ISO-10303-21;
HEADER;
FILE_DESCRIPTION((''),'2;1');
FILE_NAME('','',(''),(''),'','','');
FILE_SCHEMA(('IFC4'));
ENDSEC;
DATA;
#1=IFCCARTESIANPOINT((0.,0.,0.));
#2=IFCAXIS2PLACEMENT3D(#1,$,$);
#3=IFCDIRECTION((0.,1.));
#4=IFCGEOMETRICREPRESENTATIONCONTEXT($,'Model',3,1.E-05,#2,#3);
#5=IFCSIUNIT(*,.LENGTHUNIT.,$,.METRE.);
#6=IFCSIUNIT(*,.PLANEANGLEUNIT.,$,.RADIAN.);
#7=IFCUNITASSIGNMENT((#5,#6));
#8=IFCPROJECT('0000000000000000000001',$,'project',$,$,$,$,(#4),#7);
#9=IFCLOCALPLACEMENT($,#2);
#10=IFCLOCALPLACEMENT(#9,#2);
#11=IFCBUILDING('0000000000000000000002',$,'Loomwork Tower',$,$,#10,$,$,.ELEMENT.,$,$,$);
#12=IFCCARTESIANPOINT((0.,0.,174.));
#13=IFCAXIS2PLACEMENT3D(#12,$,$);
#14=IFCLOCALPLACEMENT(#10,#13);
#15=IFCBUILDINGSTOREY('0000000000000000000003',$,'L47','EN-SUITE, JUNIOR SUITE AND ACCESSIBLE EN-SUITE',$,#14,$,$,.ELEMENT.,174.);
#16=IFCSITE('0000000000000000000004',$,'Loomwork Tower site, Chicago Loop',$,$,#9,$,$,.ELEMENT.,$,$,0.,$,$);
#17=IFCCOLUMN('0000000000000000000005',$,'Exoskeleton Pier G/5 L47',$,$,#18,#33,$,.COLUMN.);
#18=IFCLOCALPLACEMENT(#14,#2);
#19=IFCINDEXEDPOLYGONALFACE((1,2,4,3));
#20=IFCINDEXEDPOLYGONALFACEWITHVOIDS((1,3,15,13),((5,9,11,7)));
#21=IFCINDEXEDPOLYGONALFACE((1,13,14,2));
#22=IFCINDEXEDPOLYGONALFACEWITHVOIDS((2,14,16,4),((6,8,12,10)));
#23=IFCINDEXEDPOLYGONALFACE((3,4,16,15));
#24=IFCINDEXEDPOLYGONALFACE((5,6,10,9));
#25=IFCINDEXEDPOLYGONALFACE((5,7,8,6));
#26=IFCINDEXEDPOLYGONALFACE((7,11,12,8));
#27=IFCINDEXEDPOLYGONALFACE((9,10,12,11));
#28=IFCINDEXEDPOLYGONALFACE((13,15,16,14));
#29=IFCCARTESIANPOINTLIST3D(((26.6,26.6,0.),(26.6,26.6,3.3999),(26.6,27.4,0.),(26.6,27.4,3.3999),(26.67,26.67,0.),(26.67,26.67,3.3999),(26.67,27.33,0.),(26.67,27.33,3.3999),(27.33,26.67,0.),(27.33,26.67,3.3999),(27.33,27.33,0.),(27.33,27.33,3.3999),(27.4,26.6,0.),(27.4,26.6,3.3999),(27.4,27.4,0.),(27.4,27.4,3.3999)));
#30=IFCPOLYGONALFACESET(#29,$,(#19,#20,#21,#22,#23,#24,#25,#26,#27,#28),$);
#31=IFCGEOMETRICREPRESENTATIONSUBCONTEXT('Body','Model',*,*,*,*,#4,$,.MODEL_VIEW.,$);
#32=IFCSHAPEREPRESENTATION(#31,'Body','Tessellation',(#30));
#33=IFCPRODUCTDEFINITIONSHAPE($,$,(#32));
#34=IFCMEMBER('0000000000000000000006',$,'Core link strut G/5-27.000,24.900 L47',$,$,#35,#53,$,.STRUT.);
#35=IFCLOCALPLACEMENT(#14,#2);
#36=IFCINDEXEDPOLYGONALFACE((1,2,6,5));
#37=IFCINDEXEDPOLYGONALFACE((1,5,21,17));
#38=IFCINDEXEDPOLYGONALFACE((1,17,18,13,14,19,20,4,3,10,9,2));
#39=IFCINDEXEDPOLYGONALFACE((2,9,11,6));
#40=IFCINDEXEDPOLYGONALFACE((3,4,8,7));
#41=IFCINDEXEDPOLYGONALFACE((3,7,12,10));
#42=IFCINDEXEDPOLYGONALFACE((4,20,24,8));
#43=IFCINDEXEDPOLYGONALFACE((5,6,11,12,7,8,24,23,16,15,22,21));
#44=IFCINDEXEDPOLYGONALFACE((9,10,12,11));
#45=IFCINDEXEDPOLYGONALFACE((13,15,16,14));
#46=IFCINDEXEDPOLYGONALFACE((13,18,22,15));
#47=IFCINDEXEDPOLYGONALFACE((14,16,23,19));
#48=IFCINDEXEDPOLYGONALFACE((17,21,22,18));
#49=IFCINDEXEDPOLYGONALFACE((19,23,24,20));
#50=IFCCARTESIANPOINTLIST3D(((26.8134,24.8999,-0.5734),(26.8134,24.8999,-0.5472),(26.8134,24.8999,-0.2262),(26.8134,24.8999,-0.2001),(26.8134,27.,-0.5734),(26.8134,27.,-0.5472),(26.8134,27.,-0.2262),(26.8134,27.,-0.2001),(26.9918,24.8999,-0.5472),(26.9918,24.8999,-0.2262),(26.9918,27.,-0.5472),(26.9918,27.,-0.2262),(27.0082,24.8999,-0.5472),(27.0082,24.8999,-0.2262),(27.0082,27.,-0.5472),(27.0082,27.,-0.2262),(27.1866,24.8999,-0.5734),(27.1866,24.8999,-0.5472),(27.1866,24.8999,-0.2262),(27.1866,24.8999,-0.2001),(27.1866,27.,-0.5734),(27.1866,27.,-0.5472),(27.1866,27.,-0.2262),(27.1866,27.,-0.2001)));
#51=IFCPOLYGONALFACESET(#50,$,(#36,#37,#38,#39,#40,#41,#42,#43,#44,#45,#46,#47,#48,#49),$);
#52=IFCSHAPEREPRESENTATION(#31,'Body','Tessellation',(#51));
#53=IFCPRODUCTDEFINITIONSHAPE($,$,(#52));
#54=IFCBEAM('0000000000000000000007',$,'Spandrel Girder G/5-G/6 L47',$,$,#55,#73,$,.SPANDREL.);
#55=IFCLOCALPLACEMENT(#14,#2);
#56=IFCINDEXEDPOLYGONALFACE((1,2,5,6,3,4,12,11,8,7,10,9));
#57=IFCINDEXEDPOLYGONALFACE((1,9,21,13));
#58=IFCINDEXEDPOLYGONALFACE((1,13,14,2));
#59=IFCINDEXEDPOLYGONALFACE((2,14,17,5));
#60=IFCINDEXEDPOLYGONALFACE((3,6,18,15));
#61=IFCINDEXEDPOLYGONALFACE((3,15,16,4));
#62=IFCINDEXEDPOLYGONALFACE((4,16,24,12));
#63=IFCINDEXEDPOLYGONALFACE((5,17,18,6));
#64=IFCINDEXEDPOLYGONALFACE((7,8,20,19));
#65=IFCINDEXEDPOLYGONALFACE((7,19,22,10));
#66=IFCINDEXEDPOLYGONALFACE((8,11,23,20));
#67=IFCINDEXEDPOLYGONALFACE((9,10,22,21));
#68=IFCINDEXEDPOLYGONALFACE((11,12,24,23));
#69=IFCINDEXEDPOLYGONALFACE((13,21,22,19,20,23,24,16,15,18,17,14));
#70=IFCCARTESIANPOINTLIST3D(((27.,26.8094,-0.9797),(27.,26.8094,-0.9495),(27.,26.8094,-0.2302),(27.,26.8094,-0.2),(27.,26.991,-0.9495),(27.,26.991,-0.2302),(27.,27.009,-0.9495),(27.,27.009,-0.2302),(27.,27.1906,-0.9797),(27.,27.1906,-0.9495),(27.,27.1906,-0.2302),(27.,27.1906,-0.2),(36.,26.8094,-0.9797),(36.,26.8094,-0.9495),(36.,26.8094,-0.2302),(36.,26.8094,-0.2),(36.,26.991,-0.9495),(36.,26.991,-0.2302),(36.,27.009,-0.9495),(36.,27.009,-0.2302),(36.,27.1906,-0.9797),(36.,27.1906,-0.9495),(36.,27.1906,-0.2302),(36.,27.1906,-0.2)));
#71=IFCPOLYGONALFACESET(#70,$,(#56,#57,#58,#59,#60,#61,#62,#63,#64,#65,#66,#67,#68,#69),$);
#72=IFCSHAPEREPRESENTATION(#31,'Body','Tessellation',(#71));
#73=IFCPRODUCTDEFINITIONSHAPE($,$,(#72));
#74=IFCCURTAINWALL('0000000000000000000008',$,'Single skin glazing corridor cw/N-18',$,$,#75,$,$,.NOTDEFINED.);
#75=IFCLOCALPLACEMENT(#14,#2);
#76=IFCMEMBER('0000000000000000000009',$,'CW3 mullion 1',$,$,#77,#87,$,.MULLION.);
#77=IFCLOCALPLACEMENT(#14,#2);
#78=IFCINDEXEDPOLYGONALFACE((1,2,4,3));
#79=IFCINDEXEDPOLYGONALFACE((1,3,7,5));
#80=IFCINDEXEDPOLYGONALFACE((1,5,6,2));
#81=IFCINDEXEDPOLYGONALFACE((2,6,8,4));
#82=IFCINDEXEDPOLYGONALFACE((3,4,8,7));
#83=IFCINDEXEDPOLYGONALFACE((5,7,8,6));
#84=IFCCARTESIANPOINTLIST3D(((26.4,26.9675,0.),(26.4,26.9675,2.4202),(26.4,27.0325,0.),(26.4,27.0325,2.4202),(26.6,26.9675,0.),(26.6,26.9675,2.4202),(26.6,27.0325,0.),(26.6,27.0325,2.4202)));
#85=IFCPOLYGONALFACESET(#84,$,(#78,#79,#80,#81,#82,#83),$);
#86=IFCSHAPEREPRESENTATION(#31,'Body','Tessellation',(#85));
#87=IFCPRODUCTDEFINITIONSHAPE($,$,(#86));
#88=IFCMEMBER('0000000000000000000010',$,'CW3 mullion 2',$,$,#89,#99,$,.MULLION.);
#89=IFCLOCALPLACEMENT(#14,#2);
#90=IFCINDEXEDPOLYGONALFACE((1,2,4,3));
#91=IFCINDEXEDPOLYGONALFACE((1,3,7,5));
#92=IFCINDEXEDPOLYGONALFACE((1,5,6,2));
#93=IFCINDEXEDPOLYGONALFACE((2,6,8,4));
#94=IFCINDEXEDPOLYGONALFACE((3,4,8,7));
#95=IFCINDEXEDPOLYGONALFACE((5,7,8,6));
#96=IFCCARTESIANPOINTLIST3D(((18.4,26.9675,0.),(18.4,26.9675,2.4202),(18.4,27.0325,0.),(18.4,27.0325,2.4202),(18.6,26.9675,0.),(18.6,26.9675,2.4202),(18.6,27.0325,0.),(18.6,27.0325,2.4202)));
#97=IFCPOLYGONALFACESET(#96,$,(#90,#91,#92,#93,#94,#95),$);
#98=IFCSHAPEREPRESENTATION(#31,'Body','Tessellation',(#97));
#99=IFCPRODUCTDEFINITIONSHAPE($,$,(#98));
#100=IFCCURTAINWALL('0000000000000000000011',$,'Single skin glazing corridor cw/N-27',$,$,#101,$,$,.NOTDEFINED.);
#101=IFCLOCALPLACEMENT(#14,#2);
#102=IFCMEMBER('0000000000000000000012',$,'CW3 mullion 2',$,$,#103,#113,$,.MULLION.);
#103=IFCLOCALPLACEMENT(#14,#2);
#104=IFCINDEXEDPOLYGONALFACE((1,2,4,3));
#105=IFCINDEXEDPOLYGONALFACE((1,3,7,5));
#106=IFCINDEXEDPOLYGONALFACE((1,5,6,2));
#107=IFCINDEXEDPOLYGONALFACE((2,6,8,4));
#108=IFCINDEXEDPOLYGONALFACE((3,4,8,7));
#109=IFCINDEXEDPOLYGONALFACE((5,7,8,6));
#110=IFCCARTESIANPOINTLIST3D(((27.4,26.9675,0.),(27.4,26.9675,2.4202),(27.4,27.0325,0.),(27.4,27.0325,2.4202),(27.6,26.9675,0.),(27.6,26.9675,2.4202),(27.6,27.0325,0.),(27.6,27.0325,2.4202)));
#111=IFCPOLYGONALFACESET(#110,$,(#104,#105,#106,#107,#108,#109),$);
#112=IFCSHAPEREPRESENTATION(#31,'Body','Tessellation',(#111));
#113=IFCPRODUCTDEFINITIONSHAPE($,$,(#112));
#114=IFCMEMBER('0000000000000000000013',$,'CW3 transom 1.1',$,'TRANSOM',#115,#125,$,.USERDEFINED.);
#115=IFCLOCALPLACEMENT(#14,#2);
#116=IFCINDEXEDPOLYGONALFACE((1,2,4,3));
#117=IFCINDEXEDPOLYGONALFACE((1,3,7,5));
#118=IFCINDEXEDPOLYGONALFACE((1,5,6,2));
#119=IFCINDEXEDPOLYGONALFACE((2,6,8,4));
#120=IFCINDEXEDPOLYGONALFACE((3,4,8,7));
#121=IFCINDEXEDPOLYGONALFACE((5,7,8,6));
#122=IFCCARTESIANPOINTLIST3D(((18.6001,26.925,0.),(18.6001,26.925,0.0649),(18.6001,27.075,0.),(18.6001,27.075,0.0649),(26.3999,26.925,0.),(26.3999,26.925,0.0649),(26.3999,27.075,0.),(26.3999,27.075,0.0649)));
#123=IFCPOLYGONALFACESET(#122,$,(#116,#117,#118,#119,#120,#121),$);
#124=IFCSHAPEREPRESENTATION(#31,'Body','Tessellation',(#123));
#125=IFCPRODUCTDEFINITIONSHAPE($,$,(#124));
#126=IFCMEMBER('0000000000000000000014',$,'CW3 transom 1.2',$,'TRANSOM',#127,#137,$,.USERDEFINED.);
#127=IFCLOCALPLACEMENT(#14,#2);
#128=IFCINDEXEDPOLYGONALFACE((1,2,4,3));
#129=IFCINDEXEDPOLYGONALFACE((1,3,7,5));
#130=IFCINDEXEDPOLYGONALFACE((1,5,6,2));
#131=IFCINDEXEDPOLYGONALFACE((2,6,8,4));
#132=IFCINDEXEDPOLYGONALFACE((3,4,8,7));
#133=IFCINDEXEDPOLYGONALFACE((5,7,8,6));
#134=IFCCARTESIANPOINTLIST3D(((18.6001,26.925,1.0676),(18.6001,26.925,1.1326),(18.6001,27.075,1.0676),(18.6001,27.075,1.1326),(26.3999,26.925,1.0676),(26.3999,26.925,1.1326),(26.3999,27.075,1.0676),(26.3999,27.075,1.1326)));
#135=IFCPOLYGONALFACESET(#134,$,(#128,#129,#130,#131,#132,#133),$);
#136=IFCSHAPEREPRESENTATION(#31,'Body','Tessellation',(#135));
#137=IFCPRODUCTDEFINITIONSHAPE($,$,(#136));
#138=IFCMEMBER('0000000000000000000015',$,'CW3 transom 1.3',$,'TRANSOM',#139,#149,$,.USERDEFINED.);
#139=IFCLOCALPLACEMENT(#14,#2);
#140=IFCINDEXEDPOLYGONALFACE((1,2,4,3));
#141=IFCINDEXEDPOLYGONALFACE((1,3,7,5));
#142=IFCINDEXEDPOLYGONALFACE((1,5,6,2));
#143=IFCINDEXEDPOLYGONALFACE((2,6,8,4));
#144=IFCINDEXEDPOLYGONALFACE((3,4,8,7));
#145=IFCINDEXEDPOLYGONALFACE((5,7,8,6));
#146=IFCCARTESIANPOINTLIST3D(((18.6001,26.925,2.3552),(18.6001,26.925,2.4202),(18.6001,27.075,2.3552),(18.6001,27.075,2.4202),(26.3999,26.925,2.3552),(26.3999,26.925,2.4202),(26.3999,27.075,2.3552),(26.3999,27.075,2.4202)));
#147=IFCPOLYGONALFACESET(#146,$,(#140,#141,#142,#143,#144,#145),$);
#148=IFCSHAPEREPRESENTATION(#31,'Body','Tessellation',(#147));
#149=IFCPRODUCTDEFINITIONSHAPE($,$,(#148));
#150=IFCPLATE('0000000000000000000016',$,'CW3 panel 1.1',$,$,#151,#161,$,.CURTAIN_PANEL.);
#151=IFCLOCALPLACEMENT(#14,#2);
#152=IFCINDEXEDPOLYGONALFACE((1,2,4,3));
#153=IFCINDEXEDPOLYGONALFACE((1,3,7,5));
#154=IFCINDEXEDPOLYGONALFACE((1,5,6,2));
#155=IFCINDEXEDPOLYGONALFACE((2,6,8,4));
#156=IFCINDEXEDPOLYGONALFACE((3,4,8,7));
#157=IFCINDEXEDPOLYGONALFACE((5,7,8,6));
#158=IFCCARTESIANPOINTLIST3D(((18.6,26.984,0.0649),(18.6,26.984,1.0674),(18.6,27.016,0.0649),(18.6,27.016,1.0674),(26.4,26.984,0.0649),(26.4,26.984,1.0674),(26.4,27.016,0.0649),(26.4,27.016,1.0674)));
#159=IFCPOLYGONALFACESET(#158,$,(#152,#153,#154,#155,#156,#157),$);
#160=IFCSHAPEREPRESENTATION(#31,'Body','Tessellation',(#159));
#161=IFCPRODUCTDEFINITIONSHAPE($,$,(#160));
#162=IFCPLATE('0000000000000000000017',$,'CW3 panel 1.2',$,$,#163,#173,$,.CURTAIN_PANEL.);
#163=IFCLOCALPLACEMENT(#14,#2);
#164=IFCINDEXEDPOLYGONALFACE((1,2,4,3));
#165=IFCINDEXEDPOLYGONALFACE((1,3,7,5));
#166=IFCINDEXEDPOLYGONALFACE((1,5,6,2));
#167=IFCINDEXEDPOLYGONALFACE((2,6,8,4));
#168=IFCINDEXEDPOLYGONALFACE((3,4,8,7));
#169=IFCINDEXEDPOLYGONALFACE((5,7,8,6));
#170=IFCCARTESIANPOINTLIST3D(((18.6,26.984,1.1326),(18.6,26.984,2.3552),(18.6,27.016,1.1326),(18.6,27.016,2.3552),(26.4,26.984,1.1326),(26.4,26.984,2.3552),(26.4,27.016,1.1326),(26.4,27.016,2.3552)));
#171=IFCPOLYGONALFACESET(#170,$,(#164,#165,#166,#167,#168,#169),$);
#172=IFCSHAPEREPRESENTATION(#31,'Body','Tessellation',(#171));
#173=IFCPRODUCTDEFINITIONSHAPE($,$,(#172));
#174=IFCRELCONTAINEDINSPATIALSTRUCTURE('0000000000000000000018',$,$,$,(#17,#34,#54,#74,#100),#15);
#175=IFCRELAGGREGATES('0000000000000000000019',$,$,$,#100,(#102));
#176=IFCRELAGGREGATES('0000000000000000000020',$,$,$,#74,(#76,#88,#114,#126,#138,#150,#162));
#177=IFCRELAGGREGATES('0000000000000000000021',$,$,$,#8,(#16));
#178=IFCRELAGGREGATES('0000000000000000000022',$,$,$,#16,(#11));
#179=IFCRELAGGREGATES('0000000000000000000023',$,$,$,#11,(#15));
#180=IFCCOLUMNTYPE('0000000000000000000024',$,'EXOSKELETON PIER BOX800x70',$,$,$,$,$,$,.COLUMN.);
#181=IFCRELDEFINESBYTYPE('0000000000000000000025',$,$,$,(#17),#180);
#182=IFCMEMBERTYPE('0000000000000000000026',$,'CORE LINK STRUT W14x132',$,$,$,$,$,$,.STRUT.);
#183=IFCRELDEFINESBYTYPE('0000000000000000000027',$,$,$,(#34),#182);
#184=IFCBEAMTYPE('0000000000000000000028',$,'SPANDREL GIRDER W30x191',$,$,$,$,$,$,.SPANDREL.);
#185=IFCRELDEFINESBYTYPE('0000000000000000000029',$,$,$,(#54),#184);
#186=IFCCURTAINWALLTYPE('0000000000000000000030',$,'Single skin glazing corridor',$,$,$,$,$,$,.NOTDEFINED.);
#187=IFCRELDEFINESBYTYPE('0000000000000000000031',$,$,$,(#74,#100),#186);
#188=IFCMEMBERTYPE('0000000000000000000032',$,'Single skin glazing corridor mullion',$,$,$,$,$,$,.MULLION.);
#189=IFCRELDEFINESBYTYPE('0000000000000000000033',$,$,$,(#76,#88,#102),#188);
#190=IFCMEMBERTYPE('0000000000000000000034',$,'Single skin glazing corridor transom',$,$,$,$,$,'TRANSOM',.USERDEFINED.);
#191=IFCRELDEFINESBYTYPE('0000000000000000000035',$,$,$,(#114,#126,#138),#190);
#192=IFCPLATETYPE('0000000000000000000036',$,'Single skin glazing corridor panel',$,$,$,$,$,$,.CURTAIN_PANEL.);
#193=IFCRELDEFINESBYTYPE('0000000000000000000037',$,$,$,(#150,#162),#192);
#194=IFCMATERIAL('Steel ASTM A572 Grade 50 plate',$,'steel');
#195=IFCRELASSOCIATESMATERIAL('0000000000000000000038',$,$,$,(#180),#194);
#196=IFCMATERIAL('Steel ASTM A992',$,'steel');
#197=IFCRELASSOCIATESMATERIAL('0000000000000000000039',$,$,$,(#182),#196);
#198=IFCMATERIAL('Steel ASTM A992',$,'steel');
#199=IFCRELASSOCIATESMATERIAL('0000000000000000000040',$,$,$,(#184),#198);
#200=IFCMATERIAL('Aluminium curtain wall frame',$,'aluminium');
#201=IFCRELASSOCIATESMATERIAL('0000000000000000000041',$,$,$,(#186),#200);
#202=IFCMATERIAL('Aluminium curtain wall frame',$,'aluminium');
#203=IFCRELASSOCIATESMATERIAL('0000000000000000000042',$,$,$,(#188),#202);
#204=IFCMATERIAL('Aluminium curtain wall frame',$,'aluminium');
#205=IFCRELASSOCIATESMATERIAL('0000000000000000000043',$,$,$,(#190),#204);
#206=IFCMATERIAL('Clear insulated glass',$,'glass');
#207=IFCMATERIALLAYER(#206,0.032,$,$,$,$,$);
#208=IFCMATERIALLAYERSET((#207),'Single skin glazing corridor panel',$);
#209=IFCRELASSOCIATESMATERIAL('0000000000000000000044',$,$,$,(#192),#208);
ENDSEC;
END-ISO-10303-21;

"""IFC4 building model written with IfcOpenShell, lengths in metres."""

from ifc_helpers import new_model, si_unit, direction, frame, origin, origin_2d, place, context, subcontext, project, spatial, rectangle, hollow_rectangle, i_section, extrude, material, layer, layer_set, material_profile, profile_set, type_object, element, aggregate, save


model = new_model("IFC4")

# Units and contexts
model_context = context("Model", 3, precision=1e-05, world=origin(), true_north=direction((0.0, 1.0)))
body_context = subcontext(model_context, "Body", "Model", "MODEL_VIEW")
ifc_project = project(units=[si_unit("LENGTHUNIT", "METRE"), si_unit("PLANEANGLEUNIT", "RADIAN")], contexts=[model_context])

# Site, building, storey
site_placement = place(None, origin())
site = spatial("IfcSite", under=ifc_project, at=site_placement, Name="Loomwork Tower site, Chicago Loop", CompositionType="ELEMENT", RefElevation=0.0)
building_placement = place(site_placement, origin())
building = spatial("IfcBuilding", under=site, at=building_placement, Name="Loomwork Tower", CompositionType="ELEMENT")
storey_placement = place(building_placement, frame((0.0, 0.0, 174.0)))
storey = spatial("IfcBuildingStorey", under=building, at=storey_placement, Name="L47", Description="EN-SUITE, JUNIOR SUITE AND ACCESSIBLE EN-SUITE", CompositionType="ELEMENT", Elevation=174.0)

# Column
ifc_material_1 = material(Name="Steel ASTM A572 Grade 50 plate", Category="steel")
ifc_material_profile_1 = material_profile(ifc_material_1, hollow_rectangle(XDim=0.8, YDim=0.8, WallThickness=0.0701, at=origin_2d()), Name="BOX800x70")
ifc_profile_set_1 = profile_set([ifc_material_profile_1], Name="Steel ASTM A572 Grade 50 plate")
column_type = type_object("IfcColumnType", Name="EXOSKELETON PIER BOX800x70", PredefinedType="COLUMN", material=ifc_profile_set_1)
column_placement = place(storey_placement, frame((27.0, 27.0, 0.0), z_axis=(0.0, 0.0, 1.0), x_axis=(1.0, 0.0, 0.0)))
element("IfcColumn", 1, at=column_placement, inside=storey, type_object=column_type, Name="Exoskeleton Pier G/5 L47", PredefinedType="COLUMN", context=body_context, shape_type="SweptSolid", body=[
    extrude(hollow_rectangle(XDim=0.8, YDim=0.8, WallThickness=0.0701, at=origin_2d()), origin(), (0.0, 0.0, 1.0), 3.3999),
])

# Member
ifc_material_2 = material(Name="Steel ASTM A992", Category="steel")
ifc_material_profile_2 = material_profile(ifc_material_2, i_section(OverallWidth=0.3733, OverallDepth=0.3733, WebThickness=0.0164, FlangeThickness=0.0261, at=origin_2d()), Name="W14x132")
ifc_profile_set_2 = profile_set([ifc_material_profile_2], Name="Steel ASTM A992")
member_type_1 = type_object("IfcMemberType", Name="CORE LINK STRUT W14x132", PredefinedType="STRUT", material=ifc_profile_set_2)
member_1_placement = place(storey_placement, frame((27.0, 27.0, -0.3867), z_axis=(0.0, -1.0, 0.0), x_axis=(1.0, 0.0, 0.0)))
element("IfcMember", 2, at=member_1_placement, inside=storey, type_object=member_type_1, Name="Core link strut G/5-27.000,24.900 L47", PredefinedType="STRUT", context=body_context, shape_type="SweptSolid", body=[
    extrude(i_section(OverallWidth=0.3733, OverallDepth=0.3733, WebThickness=0.0164, FlangeThickness=0.0261, at=origin_2d()), origin(), (0.0, 0.0, 1.0), 2.1001),
])

# Beam
ifc_material_3 = material(Name="Steel ASTM A992", Category="steel")
ifc_material_profile_3 = material_profile(ifc_material_3, i_section(OverallWidth=0.3811, OverallDepth=0.7798, WebThickness=0.0181, FlangeThickness=0.0303, at=origin_2d()), Name="W30x191")
ifc_profile_set_3 = profile_set([ifc_material_profile_3], Name="Steel ASTM A992")
beam_type = type_object("IfcBeamType", Name="SPANDREL GIRDER W30x191", PredefinedType="SPANDREL", material=ifc_profile_set_3)
beam_placement = place(storey_placement, frame((27.0, 27.0, -0.5898), z_axis=(1.0, 0.0, 0.0), x_axis=(0.0, 1.0, 0.0)))
element("IfcBeam", 3, at=beam_placement, inside=storey, type_object=beam_type, Name="Spandrel Girder G/5-G/6 L47", PredefinedType="SPANDREL", context=body_context, shape_type="SweptSolid", body=[
    extrude(i_section(OverallWidth=0.3811, OverallDepth=0.7798, WebThickness=0.0181, FlangeThickness=0.0303, at=origin_2d()), origin(), (0.0, 0.0, 1.0), 9.0),
])

# Curtain wall, members
ifc_material_4 = material(Name="Aluminium curtain wall frame", Category="aluminium")
curtain_wall_type = type_object("IfcCurtainWallType", Name="Single skin glazing corridor", PredefinedType="NOTDEFINED", material=ifc_material_4)
curtain_wall_1_placement = place(storey_placement, origin())
curtain_wall_1 = element("IfcCurtainWall", 4, at=curtain_wall_1_placement, inside=storey, type_object=curtain_wall_type, Name="Single skin glazing corridor cw/N-18", PredefinedType="NOTDEFINED")
ifc_material_5 = material(Name="Aluminium curtain wall frame", Category="aluminium")
ifc_material_profile_4 = material_profile(ifc_material_5, rectangle(XDim=0.0649, YDim=0.2, at=origin_2d()), Name="AL 65x200")
ifc_profile_set_4 = profile_set([ifc_material_profile_4], Name="Aluminium curtain wall frame")
member_type_2 = type_object("IfcMemberType", Name="Single skin glazing corridor mullion", PredefinedType="MULLION", material=ifc_profile_set_4)
member_2_placement = place(storey_placement, frame((26.5, 27.0, 0.0), z_axis=(0.0, 0.0, 1.0), x_axis=(0.0, -1.0, 0.0)))
member_2 = element("IfcMember", 5, at=member_2_placement, type_object=member_type_2, Name="CW3 mullion 1", PredefinedType="MULLION", context=body_context, shape_type="SweptSolid", body=[
    extrude(rectangle(XDim=0.0649, YDim=0.2, at=origin_2d()), origin(), (0.0, 0.0, 1.0), 2.4202),
])
member_3_placement = place(storey_placement, frame((18.5, 27.0, 0.0), z_axis=(0.0, 0.0, 1.0), x_axis=(0.0, -1.0, 0.0)))
member_3 = element("IfcMember", 6, at=member_3_placement, type_object=member_type_2, Name="CW3 mullion 2", PredefinedType="MULLION", context=body_context, shape_type="SweptSolid", body=[
    extrude(rectangle(XDim=0.0649, YDim=0.2, at=origin_2d()), origin(), (0.0, 0.0, 1.0), 2.4202),
])

# Curtain wall, member
curtain_wall_2_placement = place(storey_placement, origin())
curtain_wall_2 = element("IfcCurtainWall", 7, at=curtain_wall_2_placement, inside=storey, type_object=curtain_wall_type, Name="Single skin glazing corridor cw/N-27", PredefinedType="NOTDEFINED")
member_4_placement = place(storey_placement, frame((27.5, 27.0, 0.0), z_axis=(0.0, 0.0, 1.0), x_axis=(0.0, -1.0, 0.0)))
member_4 = element("IfcMember", 8, at=member_4_placement, type_object=member_type_2, Name="CW3 mullion 2", PredefinedType="MULLION", context=body_context, shape_type="SweptSolid", body=[
    extrude(rectangle(XDim=0.0649, YDim=0.2, at=origin_2d()), origin(), (0.0, 0.0, 1.0), 2.4202),
])
aggregate(curtain_wall_2, [member_4])

# Members
ifc_material_6 = material(Name="Aluminium curtain wall frame", Category="aluminium")
ifc_material_profile_5 = material_profile(ifc_material_6, rectangle(XDim=0.1499, YDim=0.0649, at=origin_2d()), Name="AL 65x150")
ifc_profile_set_5 = profile_set([ifc_material_profile_5], Name="Aluminium curtain wall frame")
member_type_3 = type_object("IfcMemberType", Name="Single skin glazing corridor transom", ElementType="TRANSOM", PredefinedType="USERDEFINED", material=ifc_profile_set_5)
member_5_placement = place(storey_placement, frame((26.3999, 27.0, 0.0325), z_axis=(-1.0, 0.0, 0.0), x_axis=(0.0, -1.0, 0.0)))
member_5 = element("IfcMember", 9, at=member_5_placement, type_object=member_type_3, Name="CW3 transom 1.1", ObjectType="TRANSOM", PredefinedType="USERDEFINED", context=body_context, shape_type="SweptSolid", body=[
    extrude(rectangle(XDim=0.1499, YDim=0.0649, at=origin_2d()), origin(), (0.0, 0.0, 1.0), 7.7998),
])
member_6_placement = place(storey_placement, frame((26.3999, 27.0, 1.1001), z_axis=(-1.0, 0.0, 0.0), x_axis=(0.0, -1.0, 0.0)))
member_6 = element("IfcMember", 10, at=member_6_placement, type_object=member_type_3, Name="CW3 transom 1.2", ObjectType="TRANSOM", PredefinedType="USERDEFINED", context=body_context, shape_type="SweptSolid", body=[
    extrude(rectangle(XDim=0.1499, YDim=0.0649, at=origin_2d()), origin(), (0.0, 0.0, 1.0), 7.7998),
])
member_7_placement = place(storey_placement, frame((26.3999, 27.0, 2.3877), z_axis=(-1.0, 0.0, 0.0), x_axis=(0.0, -1.0, 0.0)))
member_7 = element("IfcMember", 11, at=member_7_placement, type_object=member_type_3, Name="CW3 transom 1.3", ObjectType="TRANSOM", PredefinedType="USERDEFINED", context=body_context, shape_type="SweptSolid", body=[
    extrude(rectangle(XDim=0.1499, YDim=0.0649, at=origin_2d()), origin(), (0.0, 0.0, 1.0), 7.7998),
])

# Plates
ifc_material_7 = material(Name="Clear insulated glass", Category="glass")
ifc_layer_1 = layer(ifc_material_7, 0.032)
ifc_layer_set_1 = layer_set([ifc_layer_1], Name="Single skin glazing corridor panel")
plate_type = type_object("IfcPlateType", Name="Single skin glazing corridor panel", PredefinedType="CURTAIN_PANEL", material=ifc_layer_set_1)
plate_1_placement = place(storey_placement, frame((22.5, 27.0, 0.0649), z_axis=(0.0, 0.0, 1.0), x_axis=(-1.0, 0.0, 0.0)))
plate_1 = element("IfcPlate", 12, at=plate_1_placement, type_object=plate_type, Name="CW3 panel 1.1", PredefinedType="CURTAIN_PANEL", context=body_context, shape_type="SweptSolid", body=[
    extrude(rectangle(XDim=7.8, YDim=0.032, at=origin_2d()), origin(), (0.0, 0.0, 1.0), 1.0024),
])
plate_2_placement = place(storey_placement, frame((22.5, 27.0, 1.1326), z_axis=(0.0, 0.0, 1.0), x_axis=(-1.0, 0.0, 0.0)))
plate_2 = element("IfcPlate", 13, at=plate_2_placement, type_object=plate_type, Name="CW3 panel 1.2", PredefinedType="CURTAIN_PANEL", context=body_context, shape_type="SweptSolid", body=[
    extrude(rectangle(XDim=7.8, YDim=0.032, at=origin_2d()), origin(), (0.0, 0.0, 1.0), 1.2227),
])
aggregate(curtain_wall_1, [member_2, member_3, member_5, member_6, member_7, plate_1, plate_2])

save(model, "model.ifc")
